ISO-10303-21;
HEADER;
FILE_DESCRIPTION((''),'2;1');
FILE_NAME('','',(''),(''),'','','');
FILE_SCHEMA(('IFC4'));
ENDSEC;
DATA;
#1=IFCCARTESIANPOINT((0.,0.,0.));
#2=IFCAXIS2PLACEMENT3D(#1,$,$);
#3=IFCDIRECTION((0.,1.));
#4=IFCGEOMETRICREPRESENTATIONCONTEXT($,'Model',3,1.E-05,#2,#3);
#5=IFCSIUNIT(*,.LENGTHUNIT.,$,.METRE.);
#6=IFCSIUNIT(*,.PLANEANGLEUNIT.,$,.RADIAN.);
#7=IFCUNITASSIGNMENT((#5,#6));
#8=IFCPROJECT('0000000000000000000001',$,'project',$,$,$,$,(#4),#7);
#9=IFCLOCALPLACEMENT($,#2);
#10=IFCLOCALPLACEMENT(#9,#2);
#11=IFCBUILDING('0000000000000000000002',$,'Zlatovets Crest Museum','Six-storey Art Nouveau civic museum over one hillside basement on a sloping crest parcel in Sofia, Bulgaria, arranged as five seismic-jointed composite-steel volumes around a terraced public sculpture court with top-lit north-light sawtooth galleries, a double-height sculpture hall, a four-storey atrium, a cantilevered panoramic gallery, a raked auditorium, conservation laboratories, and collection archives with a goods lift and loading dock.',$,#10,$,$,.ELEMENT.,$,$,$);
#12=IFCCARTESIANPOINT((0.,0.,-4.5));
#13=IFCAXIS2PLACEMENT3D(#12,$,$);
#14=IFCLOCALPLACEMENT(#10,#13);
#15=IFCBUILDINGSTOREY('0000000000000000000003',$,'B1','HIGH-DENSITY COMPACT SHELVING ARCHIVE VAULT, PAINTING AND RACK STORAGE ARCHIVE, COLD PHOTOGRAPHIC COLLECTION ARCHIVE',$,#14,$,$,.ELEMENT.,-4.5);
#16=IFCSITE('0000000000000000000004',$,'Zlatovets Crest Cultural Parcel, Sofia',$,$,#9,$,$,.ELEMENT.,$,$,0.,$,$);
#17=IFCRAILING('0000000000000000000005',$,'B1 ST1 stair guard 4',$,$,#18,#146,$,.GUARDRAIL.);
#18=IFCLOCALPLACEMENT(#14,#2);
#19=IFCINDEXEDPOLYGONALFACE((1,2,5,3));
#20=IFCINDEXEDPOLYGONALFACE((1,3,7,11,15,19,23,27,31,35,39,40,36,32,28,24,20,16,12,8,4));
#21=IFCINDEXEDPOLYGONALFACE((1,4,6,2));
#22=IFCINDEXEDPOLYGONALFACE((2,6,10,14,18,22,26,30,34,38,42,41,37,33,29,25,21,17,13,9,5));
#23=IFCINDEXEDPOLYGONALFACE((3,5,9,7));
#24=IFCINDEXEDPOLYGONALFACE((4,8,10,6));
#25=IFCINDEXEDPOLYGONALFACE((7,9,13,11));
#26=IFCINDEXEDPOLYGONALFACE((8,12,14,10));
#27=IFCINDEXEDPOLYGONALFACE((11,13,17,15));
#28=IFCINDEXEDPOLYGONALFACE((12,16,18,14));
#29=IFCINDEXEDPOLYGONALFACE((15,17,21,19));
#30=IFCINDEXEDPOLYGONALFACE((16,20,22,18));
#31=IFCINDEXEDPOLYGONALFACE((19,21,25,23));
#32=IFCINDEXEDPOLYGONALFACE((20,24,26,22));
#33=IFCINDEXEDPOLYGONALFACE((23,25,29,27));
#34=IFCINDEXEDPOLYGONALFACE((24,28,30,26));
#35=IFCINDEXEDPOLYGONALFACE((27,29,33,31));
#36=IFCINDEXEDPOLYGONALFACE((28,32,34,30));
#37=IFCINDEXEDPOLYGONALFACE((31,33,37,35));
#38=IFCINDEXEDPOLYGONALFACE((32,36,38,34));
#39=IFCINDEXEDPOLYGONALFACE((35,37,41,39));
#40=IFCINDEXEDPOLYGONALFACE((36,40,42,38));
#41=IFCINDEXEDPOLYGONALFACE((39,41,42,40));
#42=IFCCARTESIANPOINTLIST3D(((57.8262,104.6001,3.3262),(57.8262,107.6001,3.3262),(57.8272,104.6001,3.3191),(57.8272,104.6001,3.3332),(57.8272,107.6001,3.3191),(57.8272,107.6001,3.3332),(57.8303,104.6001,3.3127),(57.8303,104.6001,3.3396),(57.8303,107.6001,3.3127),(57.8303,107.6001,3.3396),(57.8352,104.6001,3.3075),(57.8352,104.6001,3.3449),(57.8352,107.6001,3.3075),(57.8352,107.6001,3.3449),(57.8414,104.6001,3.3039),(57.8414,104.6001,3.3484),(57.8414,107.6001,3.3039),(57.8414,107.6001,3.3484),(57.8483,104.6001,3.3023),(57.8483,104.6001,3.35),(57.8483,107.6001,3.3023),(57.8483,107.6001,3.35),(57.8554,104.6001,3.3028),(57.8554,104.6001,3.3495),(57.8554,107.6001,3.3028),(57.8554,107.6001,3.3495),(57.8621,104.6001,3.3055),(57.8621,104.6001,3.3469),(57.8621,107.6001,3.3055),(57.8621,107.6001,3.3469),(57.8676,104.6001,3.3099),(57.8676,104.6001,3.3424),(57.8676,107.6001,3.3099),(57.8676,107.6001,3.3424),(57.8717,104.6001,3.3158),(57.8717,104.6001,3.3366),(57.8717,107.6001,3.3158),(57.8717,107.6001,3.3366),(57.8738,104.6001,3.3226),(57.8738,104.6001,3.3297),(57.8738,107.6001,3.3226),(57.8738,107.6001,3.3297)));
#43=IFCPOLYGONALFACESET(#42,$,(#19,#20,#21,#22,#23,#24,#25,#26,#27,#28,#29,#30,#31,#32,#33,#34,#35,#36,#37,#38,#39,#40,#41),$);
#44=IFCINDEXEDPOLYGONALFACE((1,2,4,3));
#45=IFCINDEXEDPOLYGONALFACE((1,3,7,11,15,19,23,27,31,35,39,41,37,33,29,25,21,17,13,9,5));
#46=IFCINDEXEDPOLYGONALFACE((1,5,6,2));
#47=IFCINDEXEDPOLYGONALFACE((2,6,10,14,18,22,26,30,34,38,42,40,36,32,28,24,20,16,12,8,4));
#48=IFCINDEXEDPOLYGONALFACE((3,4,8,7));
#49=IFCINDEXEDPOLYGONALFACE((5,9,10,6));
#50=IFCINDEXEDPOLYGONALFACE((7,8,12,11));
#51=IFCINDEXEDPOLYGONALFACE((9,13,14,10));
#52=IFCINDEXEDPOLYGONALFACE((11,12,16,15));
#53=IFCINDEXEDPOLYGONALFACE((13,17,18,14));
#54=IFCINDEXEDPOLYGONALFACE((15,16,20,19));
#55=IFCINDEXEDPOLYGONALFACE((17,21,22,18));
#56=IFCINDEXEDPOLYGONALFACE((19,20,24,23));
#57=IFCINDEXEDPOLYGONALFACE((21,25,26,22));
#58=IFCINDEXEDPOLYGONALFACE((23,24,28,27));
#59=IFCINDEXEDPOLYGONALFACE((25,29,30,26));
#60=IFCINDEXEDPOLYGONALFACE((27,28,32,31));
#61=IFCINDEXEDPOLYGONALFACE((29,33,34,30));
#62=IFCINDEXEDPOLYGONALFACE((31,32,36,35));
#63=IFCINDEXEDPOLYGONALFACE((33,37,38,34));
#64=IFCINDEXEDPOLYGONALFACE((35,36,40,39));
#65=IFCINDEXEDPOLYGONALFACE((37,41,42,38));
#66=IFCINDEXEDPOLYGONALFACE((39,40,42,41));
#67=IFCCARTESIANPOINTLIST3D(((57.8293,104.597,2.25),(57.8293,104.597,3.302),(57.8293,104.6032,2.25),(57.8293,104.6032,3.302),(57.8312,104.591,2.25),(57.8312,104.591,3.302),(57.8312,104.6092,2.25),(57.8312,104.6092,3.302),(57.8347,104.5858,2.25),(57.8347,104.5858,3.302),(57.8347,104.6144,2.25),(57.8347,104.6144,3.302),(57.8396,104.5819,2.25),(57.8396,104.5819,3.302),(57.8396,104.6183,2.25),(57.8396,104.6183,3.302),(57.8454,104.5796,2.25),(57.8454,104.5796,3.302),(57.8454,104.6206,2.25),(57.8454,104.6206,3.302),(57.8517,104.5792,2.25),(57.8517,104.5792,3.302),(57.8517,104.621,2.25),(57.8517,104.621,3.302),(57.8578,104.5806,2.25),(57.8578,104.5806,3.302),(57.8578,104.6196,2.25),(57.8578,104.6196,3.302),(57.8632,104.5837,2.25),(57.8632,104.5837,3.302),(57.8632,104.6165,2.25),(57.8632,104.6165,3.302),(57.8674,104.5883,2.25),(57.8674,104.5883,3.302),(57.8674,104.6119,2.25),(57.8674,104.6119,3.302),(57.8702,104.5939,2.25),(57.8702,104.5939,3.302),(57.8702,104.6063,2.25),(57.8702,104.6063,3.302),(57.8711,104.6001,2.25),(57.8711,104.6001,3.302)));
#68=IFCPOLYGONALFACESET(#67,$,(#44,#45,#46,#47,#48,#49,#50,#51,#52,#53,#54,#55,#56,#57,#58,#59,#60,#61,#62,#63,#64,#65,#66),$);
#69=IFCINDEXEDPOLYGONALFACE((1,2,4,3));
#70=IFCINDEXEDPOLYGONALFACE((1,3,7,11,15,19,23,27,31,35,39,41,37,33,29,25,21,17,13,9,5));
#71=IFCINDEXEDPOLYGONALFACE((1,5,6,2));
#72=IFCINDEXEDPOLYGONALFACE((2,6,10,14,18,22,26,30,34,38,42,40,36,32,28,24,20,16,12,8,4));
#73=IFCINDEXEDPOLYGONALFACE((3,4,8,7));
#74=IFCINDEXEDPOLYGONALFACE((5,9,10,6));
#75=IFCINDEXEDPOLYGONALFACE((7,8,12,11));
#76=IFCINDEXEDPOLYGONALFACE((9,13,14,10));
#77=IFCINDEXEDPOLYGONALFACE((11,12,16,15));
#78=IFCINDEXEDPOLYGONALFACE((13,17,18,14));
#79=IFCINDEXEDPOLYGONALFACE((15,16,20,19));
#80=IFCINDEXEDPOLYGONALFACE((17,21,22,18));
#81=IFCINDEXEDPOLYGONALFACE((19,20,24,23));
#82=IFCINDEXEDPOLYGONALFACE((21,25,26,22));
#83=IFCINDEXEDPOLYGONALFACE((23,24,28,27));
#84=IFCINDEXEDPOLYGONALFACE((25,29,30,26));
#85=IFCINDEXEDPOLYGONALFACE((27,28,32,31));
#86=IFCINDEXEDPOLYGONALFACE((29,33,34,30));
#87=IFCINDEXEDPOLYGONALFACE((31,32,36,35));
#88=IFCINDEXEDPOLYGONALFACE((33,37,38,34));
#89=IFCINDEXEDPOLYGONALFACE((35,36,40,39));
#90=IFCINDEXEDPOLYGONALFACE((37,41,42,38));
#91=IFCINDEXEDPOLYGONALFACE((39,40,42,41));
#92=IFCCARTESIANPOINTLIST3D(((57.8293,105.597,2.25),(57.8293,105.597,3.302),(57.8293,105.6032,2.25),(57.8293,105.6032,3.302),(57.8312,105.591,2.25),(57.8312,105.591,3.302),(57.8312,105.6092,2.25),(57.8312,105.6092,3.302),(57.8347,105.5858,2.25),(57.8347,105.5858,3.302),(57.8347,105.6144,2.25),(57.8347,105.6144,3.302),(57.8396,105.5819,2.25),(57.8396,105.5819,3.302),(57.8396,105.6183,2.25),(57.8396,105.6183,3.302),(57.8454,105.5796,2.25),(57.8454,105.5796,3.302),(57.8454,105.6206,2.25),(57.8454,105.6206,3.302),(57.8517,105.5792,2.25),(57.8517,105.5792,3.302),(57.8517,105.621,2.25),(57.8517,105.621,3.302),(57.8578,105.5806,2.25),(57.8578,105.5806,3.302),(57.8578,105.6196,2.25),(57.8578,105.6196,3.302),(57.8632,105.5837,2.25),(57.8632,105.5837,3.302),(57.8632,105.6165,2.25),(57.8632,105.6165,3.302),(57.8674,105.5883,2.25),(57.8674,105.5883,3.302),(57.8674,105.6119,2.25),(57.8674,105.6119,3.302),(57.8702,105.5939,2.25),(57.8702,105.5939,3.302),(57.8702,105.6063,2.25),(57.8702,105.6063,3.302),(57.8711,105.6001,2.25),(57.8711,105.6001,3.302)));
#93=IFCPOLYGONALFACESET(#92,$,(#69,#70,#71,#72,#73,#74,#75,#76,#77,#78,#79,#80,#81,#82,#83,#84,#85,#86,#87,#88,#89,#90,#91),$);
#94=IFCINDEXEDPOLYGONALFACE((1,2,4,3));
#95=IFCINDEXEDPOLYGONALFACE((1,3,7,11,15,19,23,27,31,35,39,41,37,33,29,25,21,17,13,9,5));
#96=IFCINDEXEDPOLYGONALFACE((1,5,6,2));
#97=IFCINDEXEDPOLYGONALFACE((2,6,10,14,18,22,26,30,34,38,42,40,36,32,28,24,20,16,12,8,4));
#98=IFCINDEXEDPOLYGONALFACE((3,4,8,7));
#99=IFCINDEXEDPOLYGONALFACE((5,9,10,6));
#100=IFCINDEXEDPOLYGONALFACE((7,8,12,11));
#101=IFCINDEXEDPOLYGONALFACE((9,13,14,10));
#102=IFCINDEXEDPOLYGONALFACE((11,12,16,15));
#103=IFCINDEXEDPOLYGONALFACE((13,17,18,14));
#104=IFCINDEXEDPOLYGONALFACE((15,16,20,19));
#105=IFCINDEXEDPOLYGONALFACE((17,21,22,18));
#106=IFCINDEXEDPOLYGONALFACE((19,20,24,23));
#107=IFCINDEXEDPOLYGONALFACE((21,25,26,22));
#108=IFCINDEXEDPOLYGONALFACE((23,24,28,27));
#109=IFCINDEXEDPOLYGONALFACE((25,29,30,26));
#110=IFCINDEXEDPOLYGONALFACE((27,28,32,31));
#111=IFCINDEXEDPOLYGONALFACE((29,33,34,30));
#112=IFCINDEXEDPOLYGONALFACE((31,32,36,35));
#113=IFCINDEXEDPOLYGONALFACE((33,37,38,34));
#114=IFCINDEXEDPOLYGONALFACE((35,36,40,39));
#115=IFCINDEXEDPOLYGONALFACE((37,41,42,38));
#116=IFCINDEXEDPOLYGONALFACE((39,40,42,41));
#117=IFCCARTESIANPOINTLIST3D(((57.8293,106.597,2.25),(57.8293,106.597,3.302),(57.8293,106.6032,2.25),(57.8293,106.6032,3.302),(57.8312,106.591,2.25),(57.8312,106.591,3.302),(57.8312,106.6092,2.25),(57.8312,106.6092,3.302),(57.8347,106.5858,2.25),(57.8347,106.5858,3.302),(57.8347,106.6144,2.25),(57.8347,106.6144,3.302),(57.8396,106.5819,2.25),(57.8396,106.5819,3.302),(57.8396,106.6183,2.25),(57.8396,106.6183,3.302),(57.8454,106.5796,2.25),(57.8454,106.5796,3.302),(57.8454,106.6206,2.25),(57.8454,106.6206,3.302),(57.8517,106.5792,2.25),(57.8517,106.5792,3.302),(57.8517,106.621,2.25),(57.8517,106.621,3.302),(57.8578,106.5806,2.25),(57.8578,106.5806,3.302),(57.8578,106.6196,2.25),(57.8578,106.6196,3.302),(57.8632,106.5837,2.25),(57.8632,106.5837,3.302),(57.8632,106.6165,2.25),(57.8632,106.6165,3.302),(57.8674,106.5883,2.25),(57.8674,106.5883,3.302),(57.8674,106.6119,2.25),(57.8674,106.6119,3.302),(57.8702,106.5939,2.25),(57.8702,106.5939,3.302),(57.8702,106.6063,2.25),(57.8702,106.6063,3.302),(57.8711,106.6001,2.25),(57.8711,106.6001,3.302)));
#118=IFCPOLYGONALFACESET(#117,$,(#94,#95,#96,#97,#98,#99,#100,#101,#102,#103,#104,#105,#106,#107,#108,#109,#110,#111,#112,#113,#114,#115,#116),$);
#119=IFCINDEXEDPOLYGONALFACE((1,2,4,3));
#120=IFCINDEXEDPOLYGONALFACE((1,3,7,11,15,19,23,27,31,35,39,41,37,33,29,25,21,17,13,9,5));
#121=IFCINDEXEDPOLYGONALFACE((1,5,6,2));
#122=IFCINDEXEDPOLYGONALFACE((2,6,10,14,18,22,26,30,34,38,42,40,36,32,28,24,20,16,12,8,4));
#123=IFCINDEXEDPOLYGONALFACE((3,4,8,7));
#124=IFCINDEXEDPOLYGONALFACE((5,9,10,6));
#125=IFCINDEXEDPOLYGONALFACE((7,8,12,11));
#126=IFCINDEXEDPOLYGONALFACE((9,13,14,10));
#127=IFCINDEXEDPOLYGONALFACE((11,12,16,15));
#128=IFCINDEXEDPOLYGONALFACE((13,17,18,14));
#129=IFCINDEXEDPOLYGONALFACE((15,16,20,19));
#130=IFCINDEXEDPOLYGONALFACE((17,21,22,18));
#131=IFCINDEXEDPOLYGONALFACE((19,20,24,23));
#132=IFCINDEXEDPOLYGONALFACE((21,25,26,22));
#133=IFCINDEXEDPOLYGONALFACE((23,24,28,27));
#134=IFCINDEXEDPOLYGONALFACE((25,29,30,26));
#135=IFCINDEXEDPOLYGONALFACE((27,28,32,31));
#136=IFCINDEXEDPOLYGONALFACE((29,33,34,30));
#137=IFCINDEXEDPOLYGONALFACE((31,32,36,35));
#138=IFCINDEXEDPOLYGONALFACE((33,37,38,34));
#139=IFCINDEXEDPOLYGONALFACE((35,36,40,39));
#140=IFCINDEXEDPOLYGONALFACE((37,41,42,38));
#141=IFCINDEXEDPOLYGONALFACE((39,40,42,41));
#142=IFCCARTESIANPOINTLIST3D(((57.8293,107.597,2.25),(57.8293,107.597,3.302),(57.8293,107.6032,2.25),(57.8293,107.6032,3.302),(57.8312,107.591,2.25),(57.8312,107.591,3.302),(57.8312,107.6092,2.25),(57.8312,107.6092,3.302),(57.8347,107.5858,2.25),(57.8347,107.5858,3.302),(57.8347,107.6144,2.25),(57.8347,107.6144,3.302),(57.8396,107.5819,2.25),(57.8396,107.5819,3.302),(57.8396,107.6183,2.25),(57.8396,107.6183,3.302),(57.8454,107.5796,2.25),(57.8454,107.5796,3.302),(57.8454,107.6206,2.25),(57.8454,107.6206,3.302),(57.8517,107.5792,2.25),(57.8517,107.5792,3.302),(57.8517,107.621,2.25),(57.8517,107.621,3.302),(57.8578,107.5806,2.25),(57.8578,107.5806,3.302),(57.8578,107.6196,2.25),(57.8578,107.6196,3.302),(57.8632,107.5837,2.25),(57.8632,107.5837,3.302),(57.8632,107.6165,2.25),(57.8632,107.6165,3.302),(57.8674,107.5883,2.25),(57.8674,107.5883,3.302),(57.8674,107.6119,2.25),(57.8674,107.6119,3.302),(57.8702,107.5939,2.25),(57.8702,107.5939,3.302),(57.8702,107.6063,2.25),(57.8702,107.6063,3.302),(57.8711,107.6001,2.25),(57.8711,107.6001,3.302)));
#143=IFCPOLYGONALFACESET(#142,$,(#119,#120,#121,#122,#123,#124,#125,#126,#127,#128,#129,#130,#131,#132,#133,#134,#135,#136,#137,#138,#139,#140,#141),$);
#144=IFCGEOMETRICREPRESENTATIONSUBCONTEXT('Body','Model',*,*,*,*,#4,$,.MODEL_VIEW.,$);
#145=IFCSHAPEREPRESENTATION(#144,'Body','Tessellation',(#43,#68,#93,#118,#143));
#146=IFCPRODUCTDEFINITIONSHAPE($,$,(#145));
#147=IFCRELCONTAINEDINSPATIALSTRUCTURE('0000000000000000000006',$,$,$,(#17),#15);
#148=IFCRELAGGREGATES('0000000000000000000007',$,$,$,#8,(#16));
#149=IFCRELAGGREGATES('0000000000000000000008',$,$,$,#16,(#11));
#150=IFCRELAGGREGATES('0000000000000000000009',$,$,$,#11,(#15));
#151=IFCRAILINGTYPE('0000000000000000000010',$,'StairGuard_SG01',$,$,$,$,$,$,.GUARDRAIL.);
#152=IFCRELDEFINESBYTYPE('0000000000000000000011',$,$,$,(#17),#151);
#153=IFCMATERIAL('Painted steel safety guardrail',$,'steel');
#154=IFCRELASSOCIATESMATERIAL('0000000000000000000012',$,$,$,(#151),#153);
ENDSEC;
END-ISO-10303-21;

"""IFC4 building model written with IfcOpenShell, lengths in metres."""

from ifc_helpers import new_model, si_unit, direction, frame, origin, origin_2d, place, context, subcontext, project, spatial, circle, extrude, material, type_object, element, save


model = new_model("IFC4")

# Units and contexts
model_context = context("Model", 3, precision=1e-05, world=origin(), true_north=direction((0.0, 1.0)))
body_context = subcontext(model_context, "Body", "Model", "MODEL_VIEW")
ifc_project = project(units=[si_unit("LENGTHUNIT", "METRE"), si_unit("PLANEANGLEUNIT", "RADIAN")], contexts=[model_context])

# Site, building, storey
site_placement = place(None, origin())
site = spatial("IfcSite", under=ifc_project, at=site_placement, Name="Zlatovets Crest Cultural Parcel, Sofia", CompositionType="ELEMENT", RefElevation=0.0)
building_placement = place(site_placement, origin())
building = spatial("IfcBuilding", under=site, at=building_placement, Name="Zlatovets Crest Museum", Description="Six-storey Art Nouveau civic museum over one hillside basement on a sloping crest parcel in Sofia, Bulgaria, arranged as five seismic-jointed composite-steel volumes around a terraced public sculpture court with top-lit north-light sawtooth galleries, a double-height sculpture hall, a four-storey atrium, a cantilevered panoramic gallery, a raked auditorium, conservation laboratories, and collection archives with a goods lift and loading dock.", CompositionType="ELEMENT")
storey_placement = place(building_placement, frame((0.0, 0.0, -4.5)))
storey = spatial("IfcBuildingStorey", under=building, at=storey_placement, Name="B1", Description="HIGH-DENSITY COMPACT SHELVING ARCHIVE VAULT, PAINTING AND RACK STORAGE ARCHIVE, COLD PHOTOGRAPHIC COLLECTION ARCHIVE", CompositionType="ELEMENT", Elevation=-4.5)

# Railing
ifc_material_1 = material(Name="Painted steel safety guardrail", Category="steel")
railing_type_1 = type_object("IfcRailingType", Name="StairGuard_SG01", PredefinedType="GUARDRAIL", material=ifc_material_1)
for number, where, name in (
    (1, (57.8501, 104.6001, 2.25), "B1 ST1 stair guard 4"),
):
    element("IfcRailing", number, at=place(storey_placement, frame(where)), inside=storey, type_object=railing_type_1, Name=name, PredefinedType="GUARDRAIL", context=body_context, shape_type="SweptSolid", body=[
        extrude(circle(Radius=0.0239, at=origin_2d()), frame((0.0, 0.0, 1.0762), z_axis=(0.0, 1.0, 0.0), x_axis=(-1.0, 0.0, 0.0)), (0.0, 0.0, 1.0), 3.0),
        extrude(circle(Radius=0.021, at=origin_2d()), origin(), (0.0, 0.0, 1.0), 1.052),
        extrude(circle(Radius=0.021, at=origin_2d()), frame((0.0, 1.0, 0.0)), (0.0, 0.0, 1.0), 1.052),
        extrude(circle(Radius=0.021, at=origin_2d()), frame((0.0, 2.0, 0.0)), (0.0, 0.0, 1.0), 1.052),
        extrude(circle(Radius=0.021, at=origin_2d()), frame((0.0, 3.0, 0.0)), (0.0, 0.0, 1.0), 1.052),
    ])

save(model, "model.ifc")
